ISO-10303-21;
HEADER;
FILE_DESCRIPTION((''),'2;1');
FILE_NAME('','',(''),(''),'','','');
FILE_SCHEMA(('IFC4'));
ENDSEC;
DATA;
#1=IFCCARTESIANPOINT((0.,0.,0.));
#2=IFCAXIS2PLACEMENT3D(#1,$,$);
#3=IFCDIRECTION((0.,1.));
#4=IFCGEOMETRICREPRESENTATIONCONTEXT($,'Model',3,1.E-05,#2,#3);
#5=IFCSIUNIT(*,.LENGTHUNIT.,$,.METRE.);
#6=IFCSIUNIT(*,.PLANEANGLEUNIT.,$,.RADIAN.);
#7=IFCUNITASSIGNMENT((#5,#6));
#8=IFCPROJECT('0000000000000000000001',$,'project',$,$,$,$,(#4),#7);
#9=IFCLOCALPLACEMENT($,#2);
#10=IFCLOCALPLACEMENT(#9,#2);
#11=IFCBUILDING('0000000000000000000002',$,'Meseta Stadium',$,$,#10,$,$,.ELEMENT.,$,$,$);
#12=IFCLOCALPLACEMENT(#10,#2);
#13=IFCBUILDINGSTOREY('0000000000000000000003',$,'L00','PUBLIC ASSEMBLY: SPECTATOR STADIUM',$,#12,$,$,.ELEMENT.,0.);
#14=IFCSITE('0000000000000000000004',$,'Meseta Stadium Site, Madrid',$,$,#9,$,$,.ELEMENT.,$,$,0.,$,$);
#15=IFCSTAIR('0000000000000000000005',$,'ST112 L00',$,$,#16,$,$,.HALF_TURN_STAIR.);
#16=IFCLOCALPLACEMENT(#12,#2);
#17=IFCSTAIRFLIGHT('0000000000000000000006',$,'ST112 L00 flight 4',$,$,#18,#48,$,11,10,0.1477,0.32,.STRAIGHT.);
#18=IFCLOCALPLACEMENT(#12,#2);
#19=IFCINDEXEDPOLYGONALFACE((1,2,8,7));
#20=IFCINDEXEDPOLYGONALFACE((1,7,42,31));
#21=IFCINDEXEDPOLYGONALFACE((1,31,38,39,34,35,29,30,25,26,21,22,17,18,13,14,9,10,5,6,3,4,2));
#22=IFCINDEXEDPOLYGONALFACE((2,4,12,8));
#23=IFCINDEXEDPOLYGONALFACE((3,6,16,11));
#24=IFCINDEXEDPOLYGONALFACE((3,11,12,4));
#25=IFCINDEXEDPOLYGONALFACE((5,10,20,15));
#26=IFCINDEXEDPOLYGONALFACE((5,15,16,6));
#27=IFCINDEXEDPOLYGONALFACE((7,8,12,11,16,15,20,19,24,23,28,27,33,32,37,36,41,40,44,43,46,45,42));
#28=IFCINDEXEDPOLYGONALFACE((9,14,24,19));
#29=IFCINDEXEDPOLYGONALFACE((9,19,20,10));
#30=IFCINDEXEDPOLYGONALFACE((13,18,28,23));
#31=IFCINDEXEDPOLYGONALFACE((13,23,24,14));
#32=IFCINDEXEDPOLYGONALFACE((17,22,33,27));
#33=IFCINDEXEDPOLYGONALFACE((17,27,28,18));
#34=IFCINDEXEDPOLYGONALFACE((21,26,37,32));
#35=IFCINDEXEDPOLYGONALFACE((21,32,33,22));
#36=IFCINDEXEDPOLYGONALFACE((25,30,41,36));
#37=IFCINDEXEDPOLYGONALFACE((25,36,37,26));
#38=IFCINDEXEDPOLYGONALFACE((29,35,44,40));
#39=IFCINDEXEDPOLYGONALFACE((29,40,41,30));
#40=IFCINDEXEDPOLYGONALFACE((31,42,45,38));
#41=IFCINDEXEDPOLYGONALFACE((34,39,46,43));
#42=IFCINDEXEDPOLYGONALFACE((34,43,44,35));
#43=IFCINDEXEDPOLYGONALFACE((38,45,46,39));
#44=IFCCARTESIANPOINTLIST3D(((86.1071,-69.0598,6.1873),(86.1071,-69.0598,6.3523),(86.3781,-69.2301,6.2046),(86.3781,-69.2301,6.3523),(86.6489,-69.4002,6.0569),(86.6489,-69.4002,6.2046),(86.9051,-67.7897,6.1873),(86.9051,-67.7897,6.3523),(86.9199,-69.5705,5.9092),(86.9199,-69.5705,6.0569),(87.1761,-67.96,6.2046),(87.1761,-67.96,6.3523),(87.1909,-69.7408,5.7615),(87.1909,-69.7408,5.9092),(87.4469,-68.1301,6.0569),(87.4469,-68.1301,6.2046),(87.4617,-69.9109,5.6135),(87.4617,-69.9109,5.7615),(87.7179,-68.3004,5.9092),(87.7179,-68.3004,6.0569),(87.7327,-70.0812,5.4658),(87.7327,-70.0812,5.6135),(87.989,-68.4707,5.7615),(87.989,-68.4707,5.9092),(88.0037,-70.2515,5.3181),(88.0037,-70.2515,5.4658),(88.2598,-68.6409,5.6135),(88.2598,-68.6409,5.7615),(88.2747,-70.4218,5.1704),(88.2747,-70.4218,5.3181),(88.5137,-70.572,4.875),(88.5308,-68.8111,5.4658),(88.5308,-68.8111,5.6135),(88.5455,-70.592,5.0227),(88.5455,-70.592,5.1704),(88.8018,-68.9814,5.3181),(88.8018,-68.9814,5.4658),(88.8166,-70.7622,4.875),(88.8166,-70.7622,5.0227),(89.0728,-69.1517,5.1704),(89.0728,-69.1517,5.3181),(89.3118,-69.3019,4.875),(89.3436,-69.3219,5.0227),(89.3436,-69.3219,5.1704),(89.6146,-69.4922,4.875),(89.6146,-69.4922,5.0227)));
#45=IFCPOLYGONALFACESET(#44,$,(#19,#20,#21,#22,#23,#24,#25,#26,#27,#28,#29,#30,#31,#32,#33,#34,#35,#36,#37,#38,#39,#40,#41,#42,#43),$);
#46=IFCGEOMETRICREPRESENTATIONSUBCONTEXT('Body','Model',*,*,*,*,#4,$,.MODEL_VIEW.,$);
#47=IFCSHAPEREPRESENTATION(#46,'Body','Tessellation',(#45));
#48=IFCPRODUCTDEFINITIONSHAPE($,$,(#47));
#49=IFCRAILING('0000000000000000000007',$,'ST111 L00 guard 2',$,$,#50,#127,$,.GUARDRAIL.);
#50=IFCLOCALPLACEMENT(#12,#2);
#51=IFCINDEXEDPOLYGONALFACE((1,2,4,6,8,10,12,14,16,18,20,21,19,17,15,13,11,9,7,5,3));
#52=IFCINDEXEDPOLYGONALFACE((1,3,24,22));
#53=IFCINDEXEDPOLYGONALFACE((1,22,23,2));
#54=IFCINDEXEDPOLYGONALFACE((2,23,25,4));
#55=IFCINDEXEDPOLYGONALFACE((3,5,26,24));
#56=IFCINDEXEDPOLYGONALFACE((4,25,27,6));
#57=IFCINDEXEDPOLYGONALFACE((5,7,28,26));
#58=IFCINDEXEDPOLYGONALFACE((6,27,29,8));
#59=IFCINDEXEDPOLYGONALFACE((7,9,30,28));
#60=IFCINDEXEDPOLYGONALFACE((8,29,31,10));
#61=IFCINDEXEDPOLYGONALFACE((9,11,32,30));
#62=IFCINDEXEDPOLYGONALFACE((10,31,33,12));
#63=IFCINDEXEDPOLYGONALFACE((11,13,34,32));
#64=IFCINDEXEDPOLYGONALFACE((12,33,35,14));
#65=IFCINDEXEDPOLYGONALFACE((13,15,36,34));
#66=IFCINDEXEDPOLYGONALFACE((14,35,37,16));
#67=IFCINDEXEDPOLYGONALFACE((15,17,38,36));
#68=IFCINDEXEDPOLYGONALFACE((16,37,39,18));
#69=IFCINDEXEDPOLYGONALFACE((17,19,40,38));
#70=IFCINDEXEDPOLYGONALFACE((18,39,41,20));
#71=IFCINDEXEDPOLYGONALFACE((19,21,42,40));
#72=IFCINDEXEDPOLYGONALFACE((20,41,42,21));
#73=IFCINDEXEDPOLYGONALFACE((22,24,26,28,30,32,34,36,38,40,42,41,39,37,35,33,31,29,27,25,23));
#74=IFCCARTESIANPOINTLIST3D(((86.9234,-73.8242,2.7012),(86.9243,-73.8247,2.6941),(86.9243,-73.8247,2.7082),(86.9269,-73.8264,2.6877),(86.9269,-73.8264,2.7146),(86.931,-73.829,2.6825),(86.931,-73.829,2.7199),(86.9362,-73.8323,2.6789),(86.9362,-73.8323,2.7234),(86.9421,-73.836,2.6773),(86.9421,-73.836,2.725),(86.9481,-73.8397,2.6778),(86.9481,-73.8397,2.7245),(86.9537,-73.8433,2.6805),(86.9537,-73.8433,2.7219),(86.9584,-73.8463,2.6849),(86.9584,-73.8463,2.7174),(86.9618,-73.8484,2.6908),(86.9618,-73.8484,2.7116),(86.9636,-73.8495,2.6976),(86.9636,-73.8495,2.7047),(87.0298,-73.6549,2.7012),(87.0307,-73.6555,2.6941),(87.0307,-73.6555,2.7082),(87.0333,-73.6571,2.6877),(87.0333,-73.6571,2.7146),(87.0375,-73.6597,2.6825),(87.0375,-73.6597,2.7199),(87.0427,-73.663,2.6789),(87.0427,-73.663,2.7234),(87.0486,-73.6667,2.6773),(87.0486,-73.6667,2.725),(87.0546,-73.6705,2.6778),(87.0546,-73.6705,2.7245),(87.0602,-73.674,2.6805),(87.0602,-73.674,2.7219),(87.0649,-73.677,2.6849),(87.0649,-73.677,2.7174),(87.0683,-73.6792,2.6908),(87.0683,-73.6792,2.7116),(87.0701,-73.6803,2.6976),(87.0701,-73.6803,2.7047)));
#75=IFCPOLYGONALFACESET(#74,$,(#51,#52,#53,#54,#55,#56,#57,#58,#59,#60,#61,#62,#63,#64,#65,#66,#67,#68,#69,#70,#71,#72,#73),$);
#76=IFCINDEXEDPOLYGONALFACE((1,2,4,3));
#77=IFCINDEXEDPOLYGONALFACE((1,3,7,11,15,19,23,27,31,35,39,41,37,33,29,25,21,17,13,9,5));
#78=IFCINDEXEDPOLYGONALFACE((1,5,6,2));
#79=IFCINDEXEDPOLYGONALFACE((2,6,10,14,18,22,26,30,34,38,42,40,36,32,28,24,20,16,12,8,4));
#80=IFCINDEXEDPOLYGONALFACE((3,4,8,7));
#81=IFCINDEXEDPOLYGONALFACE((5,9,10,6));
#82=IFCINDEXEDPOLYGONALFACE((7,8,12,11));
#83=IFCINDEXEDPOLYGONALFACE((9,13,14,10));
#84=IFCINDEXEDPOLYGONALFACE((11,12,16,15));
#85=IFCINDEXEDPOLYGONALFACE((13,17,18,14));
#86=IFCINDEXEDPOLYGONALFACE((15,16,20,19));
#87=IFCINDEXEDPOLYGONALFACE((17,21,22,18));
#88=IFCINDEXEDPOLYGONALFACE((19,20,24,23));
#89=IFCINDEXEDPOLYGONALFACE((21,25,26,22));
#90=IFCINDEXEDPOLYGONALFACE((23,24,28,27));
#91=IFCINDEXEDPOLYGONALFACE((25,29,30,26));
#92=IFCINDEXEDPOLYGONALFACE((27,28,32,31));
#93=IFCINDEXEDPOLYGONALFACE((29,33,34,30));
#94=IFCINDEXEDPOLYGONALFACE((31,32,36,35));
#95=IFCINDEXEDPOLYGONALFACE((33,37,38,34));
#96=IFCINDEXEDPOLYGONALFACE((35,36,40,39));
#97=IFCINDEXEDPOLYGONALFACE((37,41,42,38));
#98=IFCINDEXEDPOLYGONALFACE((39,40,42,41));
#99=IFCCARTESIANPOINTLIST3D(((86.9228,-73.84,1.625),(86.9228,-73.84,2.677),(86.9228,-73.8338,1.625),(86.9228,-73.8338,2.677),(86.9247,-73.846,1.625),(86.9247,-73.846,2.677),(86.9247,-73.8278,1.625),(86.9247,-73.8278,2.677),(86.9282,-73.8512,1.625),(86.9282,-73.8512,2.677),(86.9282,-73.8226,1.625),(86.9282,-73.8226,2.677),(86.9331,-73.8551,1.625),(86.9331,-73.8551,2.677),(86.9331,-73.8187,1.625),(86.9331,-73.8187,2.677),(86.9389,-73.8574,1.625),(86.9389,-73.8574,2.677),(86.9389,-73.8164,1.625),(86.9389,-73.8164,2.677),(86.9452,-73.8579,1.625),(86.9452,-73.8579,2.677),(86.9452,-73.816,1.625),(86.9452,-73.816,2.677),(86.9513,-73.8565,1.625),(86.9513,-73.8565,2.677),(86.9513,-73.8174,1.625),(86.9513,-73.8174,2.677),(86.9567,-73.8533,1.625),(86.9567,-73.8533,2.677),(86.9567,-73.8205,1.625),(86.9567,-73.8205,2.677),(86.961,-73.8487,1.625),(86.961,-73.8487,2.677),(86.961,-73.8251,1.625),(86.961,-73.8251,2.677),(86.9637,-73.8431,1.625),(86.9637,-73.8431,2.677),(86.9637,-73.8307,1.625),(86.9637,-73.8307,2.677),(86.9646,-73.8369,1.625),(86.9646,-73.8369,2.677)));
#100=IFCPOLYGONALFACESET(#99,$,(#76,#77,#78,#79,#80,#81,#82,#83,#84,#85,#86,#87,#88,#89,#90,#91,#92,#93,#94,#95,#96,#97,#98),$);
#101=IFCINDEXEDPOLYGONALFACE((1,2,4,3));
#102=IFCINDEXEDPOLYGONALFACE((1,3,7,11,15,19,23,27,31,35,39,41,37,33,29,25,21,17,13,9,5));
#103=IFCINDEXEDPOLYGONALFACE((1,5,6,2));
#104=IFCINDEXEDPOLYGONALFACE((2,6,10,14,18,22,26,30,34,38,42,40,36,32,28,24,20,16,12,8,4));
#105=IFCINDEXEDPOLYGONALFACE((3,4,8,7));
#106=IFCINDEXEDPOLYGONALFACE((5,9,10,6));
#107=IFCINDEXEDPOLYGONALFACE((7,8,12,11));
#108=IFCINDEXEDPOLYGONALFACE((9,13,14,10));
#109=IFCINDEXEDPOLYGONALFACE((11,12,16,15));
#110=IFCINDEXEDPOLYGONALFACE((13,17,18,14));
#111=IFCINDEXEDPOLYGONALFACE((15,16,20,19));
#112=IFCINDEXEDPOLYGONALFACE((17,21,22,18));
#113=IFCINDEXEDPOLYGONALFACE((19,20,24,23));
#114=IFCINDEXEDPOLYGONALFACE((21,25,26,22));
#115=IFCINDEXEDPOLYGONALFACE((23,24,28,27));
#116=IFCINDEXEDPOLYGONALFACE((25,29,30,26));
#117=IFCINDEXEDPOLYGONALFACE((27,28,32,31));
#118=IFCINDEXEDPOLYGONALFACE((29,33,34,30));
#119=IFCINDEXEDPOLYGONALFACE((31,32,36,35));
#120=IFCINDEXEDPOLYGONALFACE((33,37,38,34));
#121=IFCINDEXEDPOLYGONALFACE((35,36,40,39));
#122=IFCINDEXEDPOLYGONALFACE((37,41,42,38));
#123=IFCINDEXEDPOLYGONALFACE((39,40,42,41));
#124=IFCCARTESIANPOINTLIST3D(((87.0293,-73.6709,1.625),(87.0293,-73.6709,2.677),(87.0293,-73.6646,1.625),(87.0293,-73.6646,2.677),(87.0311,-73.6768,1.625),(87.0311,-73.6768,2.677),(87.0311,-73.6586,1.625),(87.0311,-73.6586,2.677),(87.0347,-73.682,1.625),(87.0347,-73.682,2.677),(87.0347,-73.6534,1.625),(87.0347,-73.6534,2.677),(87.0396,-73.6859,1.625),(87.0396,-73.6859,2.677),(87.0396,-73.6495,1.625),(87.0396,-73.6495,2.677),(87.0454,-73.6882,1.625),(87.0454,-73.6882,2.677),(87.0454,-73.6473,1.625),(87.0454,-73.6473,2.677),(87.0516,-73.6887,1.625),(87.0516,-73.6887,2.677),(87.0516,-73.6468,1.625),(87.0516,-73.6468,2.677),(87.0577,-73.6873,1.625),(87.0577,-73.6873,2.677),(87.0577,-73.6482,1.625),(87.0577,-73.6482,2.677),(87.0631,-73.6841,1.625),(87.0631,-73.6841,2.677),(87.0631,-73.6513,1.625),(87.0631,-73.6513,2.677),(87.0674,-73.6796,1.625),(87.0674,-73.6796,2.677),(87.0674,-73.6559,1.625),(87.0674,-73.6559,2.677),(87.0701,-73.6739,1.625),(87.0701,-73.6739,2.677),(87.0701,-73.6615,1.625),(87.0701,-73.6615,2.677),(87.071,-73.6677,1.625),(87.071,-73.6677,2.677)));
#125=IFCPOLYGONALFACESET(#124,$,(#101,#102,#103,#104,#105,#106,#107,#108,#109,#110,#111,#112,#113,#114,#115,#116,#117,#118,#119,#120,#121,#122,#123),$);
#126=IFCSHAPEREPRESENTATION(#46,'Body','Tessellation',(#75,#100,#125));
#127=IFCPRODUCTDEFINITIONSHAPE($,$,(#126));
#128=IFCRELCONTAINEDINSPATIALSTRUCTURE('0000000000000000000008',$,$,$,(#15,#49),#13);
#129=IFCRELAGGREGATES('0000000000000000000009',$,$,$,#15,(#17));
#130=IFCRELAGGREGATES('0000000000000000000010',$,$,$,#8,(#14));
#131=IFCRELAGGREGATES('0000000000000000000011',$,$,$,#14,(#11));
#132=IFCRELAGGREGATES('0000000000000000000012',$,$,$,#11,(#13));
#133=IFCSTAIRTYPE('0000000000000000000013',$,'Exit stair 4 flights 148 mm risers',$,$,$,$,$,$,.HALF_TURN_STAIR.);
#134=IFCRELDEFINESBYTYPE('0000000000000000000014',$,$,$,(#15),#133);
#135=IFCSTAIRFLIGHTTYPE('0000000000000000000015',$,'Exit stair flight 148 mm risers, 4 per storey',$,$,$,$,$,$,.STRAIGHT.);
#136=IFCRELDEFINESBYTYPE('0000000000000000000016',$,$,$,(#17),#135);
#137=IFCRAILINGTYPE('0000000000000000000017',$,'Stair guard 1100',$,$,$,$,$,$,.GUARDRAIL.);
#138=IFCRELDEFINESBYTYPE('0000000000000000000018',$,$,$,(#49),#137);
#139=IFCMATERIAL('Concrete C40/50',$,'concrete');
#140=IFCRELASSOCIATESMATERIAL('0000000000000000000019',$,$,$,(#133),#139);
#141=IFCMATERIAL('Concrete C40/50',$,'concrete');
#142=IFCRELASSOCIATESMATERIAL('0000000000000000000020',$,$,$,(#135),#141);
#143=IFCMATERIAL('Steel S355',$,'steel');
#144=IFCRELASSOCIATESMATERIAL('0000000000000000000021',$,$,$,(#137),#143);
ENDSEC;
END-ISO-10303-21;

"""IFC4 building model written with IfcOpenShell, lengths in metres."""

from ifc_helpers import new_model, si_unit, direction, frame, origin, origin_2d, place, context, subcontext, project, spatial, polyline, circle, outline, extrude, material, type_object, element, aggregate, save


model = new_model("IFC4")

# Units and contexts
model_context = context("Model", 3, precision=1e-05, world=origin(), true_north=direction((0.0, 1.0)))
body_context = subcontext(model_context, "Body", "Model", "MODEL_VIEW")
ifc_project = project(units=[si_unit("LENGTHUNIT", "METRE"), si_unit("PLANEANGLEUNIT", "RADIAN")], contexts=[model_context])

# Site, building, storey
site_placement = place(None, origin())
site = spatial("IfcSite", under=ifc_project, at=site_placement, Name="Meseta Stadium Site, Madrid", CompositionType="ELEMENT", RefElevation=0.0)
building_placement = place(site_placement, origin())
building = spatial("IfcBuilding", under=site, at=building_placement, Name="Meseta Stadium", CompositionType="ELEMENT")
storey_placement = place(building_placement, origin())
storey = spatial("IfcBuildingStorey", under=building, at=storey_placement, Name="L00", Description="PUBLIC ASSEMBLY: SPECTATOR STADIUM", CompositionType="ELEMENT", Elevation=0.0)

# Stair, stair flight
ifc_material_1 = material(Name="Concrete C40/50", Category="concrete")
stair_type = type_object("IfcStairType", Name="Exit stair 4 flights 148 mm risers", PredefinedType="HALF_TURN_STAIR", material=ifc_material_1)
ifc_material_2 = material(Name="Concrete C40/50", Category="concrete")
stair_flight_type = type_object("IfcStairFlightType", Name="Exit stair flight 148 mm risers, 4 per storey", PredefinedType="STRAIGHT", material=ifc_material_2)
stair_1_placement = place(storey_placement, origin())
stair_1 = element("IfcStair", 1, at=stair_1_placement, inside=storey, type_object=stair_type, Name="ST112 L00", PredefinedType="HALF_TURN_STAIR")
stair_flight_1_placement = place(storey_placement, frame((89.2156, -70.1272, 4.875), z_axis=(0.0, 0.0, 1.0), x_axis=(-0.846724, 0.532032, 0.0)))
stair_flight_1 = element("IfcStairFlight", 2, at=stair_flight_1_placement, type_object=stair_flight_type, Name="ST112 L00 flight 4", NumberOfRisers=11, NumberOfTreads=10, PredefinedType="STRAIGHT", RiserHeight=0.1477, TreadLength=0.32, context=body_context, shape_type="SweptSolid", body=[
    extrude(outline(polyline([(0.0, 0.0), (0.0, 0.1477), (0.3201, 0.1477), (0.3201, 0.2954), (0.6399, 0.2954), (0.6399, 0.4431), (0.96, 0.4431), (0.96, 0.5908), (1.28, 0.5908), (1.28, 0.7385), (1.6001, 0.7385), (1.6001, 0.8865), (1.9199, 0.8865), (1.9199, 1.0342), (2.24, 1.0342), (2.24, 1.1819), (2.5601, 1.1819), (2.5601, 1.3296), (2.8799, 1.3296), (2.8799, 1.4773), (3.2, 1.4773), (3.2, 1.3123), (0.3577, 0.0), (0.0, 0.0)])), frame((0.0, 0.75, 0.0), z_axis=(0.0, -1.0, 0.0), x_axis=(1.0, 0.0, 0.0)), (0.0, 0.0, 1.0), 1.5),
])
aggregate(stair_1, [stair_flight_1])

# Railing
ifc_material_3 = material(Name="Steel S355", Category="steel")
railing_type_1 = type_object("IfcRailingType", Name="Stair guard 1100", PredefinedType="GUARDRAIL", material=ifc_material_3)
railing_1_placement = place(storey_placement, frame((86.9436, -73.8369, 1.625)))
element("IfcRailing", 3, at=railing_1_placement, inside=storey, type_object=railing_type_1, Name="ST111 L00 guard 2", PredefinedType="GUARDRAIL", context=body_context, shape_type="SweptSolid", body=[
    extrude(circle(Radius=0.0239, at=origin_2d()), frame((0.0, 0.0, 1.0762), z_axis=(0.532522, 0.846416, 0.0), x_axis=(-0.846416, 0.532522, 0.0)), (0.0, 0.0, 1.0), 0.2),
    extrude(circle(Radius=0.021, at=origin_2d()), origin(), (0.0, 0.0, 1.0), 1.052),
    extrude(circle(Radius=0.021, at=origin_2d()), frame((0.1064, 0.1692, 0.0)), (0.0, 0.0, 1.0), 1.052),
])

save(model, "model.ifc")
